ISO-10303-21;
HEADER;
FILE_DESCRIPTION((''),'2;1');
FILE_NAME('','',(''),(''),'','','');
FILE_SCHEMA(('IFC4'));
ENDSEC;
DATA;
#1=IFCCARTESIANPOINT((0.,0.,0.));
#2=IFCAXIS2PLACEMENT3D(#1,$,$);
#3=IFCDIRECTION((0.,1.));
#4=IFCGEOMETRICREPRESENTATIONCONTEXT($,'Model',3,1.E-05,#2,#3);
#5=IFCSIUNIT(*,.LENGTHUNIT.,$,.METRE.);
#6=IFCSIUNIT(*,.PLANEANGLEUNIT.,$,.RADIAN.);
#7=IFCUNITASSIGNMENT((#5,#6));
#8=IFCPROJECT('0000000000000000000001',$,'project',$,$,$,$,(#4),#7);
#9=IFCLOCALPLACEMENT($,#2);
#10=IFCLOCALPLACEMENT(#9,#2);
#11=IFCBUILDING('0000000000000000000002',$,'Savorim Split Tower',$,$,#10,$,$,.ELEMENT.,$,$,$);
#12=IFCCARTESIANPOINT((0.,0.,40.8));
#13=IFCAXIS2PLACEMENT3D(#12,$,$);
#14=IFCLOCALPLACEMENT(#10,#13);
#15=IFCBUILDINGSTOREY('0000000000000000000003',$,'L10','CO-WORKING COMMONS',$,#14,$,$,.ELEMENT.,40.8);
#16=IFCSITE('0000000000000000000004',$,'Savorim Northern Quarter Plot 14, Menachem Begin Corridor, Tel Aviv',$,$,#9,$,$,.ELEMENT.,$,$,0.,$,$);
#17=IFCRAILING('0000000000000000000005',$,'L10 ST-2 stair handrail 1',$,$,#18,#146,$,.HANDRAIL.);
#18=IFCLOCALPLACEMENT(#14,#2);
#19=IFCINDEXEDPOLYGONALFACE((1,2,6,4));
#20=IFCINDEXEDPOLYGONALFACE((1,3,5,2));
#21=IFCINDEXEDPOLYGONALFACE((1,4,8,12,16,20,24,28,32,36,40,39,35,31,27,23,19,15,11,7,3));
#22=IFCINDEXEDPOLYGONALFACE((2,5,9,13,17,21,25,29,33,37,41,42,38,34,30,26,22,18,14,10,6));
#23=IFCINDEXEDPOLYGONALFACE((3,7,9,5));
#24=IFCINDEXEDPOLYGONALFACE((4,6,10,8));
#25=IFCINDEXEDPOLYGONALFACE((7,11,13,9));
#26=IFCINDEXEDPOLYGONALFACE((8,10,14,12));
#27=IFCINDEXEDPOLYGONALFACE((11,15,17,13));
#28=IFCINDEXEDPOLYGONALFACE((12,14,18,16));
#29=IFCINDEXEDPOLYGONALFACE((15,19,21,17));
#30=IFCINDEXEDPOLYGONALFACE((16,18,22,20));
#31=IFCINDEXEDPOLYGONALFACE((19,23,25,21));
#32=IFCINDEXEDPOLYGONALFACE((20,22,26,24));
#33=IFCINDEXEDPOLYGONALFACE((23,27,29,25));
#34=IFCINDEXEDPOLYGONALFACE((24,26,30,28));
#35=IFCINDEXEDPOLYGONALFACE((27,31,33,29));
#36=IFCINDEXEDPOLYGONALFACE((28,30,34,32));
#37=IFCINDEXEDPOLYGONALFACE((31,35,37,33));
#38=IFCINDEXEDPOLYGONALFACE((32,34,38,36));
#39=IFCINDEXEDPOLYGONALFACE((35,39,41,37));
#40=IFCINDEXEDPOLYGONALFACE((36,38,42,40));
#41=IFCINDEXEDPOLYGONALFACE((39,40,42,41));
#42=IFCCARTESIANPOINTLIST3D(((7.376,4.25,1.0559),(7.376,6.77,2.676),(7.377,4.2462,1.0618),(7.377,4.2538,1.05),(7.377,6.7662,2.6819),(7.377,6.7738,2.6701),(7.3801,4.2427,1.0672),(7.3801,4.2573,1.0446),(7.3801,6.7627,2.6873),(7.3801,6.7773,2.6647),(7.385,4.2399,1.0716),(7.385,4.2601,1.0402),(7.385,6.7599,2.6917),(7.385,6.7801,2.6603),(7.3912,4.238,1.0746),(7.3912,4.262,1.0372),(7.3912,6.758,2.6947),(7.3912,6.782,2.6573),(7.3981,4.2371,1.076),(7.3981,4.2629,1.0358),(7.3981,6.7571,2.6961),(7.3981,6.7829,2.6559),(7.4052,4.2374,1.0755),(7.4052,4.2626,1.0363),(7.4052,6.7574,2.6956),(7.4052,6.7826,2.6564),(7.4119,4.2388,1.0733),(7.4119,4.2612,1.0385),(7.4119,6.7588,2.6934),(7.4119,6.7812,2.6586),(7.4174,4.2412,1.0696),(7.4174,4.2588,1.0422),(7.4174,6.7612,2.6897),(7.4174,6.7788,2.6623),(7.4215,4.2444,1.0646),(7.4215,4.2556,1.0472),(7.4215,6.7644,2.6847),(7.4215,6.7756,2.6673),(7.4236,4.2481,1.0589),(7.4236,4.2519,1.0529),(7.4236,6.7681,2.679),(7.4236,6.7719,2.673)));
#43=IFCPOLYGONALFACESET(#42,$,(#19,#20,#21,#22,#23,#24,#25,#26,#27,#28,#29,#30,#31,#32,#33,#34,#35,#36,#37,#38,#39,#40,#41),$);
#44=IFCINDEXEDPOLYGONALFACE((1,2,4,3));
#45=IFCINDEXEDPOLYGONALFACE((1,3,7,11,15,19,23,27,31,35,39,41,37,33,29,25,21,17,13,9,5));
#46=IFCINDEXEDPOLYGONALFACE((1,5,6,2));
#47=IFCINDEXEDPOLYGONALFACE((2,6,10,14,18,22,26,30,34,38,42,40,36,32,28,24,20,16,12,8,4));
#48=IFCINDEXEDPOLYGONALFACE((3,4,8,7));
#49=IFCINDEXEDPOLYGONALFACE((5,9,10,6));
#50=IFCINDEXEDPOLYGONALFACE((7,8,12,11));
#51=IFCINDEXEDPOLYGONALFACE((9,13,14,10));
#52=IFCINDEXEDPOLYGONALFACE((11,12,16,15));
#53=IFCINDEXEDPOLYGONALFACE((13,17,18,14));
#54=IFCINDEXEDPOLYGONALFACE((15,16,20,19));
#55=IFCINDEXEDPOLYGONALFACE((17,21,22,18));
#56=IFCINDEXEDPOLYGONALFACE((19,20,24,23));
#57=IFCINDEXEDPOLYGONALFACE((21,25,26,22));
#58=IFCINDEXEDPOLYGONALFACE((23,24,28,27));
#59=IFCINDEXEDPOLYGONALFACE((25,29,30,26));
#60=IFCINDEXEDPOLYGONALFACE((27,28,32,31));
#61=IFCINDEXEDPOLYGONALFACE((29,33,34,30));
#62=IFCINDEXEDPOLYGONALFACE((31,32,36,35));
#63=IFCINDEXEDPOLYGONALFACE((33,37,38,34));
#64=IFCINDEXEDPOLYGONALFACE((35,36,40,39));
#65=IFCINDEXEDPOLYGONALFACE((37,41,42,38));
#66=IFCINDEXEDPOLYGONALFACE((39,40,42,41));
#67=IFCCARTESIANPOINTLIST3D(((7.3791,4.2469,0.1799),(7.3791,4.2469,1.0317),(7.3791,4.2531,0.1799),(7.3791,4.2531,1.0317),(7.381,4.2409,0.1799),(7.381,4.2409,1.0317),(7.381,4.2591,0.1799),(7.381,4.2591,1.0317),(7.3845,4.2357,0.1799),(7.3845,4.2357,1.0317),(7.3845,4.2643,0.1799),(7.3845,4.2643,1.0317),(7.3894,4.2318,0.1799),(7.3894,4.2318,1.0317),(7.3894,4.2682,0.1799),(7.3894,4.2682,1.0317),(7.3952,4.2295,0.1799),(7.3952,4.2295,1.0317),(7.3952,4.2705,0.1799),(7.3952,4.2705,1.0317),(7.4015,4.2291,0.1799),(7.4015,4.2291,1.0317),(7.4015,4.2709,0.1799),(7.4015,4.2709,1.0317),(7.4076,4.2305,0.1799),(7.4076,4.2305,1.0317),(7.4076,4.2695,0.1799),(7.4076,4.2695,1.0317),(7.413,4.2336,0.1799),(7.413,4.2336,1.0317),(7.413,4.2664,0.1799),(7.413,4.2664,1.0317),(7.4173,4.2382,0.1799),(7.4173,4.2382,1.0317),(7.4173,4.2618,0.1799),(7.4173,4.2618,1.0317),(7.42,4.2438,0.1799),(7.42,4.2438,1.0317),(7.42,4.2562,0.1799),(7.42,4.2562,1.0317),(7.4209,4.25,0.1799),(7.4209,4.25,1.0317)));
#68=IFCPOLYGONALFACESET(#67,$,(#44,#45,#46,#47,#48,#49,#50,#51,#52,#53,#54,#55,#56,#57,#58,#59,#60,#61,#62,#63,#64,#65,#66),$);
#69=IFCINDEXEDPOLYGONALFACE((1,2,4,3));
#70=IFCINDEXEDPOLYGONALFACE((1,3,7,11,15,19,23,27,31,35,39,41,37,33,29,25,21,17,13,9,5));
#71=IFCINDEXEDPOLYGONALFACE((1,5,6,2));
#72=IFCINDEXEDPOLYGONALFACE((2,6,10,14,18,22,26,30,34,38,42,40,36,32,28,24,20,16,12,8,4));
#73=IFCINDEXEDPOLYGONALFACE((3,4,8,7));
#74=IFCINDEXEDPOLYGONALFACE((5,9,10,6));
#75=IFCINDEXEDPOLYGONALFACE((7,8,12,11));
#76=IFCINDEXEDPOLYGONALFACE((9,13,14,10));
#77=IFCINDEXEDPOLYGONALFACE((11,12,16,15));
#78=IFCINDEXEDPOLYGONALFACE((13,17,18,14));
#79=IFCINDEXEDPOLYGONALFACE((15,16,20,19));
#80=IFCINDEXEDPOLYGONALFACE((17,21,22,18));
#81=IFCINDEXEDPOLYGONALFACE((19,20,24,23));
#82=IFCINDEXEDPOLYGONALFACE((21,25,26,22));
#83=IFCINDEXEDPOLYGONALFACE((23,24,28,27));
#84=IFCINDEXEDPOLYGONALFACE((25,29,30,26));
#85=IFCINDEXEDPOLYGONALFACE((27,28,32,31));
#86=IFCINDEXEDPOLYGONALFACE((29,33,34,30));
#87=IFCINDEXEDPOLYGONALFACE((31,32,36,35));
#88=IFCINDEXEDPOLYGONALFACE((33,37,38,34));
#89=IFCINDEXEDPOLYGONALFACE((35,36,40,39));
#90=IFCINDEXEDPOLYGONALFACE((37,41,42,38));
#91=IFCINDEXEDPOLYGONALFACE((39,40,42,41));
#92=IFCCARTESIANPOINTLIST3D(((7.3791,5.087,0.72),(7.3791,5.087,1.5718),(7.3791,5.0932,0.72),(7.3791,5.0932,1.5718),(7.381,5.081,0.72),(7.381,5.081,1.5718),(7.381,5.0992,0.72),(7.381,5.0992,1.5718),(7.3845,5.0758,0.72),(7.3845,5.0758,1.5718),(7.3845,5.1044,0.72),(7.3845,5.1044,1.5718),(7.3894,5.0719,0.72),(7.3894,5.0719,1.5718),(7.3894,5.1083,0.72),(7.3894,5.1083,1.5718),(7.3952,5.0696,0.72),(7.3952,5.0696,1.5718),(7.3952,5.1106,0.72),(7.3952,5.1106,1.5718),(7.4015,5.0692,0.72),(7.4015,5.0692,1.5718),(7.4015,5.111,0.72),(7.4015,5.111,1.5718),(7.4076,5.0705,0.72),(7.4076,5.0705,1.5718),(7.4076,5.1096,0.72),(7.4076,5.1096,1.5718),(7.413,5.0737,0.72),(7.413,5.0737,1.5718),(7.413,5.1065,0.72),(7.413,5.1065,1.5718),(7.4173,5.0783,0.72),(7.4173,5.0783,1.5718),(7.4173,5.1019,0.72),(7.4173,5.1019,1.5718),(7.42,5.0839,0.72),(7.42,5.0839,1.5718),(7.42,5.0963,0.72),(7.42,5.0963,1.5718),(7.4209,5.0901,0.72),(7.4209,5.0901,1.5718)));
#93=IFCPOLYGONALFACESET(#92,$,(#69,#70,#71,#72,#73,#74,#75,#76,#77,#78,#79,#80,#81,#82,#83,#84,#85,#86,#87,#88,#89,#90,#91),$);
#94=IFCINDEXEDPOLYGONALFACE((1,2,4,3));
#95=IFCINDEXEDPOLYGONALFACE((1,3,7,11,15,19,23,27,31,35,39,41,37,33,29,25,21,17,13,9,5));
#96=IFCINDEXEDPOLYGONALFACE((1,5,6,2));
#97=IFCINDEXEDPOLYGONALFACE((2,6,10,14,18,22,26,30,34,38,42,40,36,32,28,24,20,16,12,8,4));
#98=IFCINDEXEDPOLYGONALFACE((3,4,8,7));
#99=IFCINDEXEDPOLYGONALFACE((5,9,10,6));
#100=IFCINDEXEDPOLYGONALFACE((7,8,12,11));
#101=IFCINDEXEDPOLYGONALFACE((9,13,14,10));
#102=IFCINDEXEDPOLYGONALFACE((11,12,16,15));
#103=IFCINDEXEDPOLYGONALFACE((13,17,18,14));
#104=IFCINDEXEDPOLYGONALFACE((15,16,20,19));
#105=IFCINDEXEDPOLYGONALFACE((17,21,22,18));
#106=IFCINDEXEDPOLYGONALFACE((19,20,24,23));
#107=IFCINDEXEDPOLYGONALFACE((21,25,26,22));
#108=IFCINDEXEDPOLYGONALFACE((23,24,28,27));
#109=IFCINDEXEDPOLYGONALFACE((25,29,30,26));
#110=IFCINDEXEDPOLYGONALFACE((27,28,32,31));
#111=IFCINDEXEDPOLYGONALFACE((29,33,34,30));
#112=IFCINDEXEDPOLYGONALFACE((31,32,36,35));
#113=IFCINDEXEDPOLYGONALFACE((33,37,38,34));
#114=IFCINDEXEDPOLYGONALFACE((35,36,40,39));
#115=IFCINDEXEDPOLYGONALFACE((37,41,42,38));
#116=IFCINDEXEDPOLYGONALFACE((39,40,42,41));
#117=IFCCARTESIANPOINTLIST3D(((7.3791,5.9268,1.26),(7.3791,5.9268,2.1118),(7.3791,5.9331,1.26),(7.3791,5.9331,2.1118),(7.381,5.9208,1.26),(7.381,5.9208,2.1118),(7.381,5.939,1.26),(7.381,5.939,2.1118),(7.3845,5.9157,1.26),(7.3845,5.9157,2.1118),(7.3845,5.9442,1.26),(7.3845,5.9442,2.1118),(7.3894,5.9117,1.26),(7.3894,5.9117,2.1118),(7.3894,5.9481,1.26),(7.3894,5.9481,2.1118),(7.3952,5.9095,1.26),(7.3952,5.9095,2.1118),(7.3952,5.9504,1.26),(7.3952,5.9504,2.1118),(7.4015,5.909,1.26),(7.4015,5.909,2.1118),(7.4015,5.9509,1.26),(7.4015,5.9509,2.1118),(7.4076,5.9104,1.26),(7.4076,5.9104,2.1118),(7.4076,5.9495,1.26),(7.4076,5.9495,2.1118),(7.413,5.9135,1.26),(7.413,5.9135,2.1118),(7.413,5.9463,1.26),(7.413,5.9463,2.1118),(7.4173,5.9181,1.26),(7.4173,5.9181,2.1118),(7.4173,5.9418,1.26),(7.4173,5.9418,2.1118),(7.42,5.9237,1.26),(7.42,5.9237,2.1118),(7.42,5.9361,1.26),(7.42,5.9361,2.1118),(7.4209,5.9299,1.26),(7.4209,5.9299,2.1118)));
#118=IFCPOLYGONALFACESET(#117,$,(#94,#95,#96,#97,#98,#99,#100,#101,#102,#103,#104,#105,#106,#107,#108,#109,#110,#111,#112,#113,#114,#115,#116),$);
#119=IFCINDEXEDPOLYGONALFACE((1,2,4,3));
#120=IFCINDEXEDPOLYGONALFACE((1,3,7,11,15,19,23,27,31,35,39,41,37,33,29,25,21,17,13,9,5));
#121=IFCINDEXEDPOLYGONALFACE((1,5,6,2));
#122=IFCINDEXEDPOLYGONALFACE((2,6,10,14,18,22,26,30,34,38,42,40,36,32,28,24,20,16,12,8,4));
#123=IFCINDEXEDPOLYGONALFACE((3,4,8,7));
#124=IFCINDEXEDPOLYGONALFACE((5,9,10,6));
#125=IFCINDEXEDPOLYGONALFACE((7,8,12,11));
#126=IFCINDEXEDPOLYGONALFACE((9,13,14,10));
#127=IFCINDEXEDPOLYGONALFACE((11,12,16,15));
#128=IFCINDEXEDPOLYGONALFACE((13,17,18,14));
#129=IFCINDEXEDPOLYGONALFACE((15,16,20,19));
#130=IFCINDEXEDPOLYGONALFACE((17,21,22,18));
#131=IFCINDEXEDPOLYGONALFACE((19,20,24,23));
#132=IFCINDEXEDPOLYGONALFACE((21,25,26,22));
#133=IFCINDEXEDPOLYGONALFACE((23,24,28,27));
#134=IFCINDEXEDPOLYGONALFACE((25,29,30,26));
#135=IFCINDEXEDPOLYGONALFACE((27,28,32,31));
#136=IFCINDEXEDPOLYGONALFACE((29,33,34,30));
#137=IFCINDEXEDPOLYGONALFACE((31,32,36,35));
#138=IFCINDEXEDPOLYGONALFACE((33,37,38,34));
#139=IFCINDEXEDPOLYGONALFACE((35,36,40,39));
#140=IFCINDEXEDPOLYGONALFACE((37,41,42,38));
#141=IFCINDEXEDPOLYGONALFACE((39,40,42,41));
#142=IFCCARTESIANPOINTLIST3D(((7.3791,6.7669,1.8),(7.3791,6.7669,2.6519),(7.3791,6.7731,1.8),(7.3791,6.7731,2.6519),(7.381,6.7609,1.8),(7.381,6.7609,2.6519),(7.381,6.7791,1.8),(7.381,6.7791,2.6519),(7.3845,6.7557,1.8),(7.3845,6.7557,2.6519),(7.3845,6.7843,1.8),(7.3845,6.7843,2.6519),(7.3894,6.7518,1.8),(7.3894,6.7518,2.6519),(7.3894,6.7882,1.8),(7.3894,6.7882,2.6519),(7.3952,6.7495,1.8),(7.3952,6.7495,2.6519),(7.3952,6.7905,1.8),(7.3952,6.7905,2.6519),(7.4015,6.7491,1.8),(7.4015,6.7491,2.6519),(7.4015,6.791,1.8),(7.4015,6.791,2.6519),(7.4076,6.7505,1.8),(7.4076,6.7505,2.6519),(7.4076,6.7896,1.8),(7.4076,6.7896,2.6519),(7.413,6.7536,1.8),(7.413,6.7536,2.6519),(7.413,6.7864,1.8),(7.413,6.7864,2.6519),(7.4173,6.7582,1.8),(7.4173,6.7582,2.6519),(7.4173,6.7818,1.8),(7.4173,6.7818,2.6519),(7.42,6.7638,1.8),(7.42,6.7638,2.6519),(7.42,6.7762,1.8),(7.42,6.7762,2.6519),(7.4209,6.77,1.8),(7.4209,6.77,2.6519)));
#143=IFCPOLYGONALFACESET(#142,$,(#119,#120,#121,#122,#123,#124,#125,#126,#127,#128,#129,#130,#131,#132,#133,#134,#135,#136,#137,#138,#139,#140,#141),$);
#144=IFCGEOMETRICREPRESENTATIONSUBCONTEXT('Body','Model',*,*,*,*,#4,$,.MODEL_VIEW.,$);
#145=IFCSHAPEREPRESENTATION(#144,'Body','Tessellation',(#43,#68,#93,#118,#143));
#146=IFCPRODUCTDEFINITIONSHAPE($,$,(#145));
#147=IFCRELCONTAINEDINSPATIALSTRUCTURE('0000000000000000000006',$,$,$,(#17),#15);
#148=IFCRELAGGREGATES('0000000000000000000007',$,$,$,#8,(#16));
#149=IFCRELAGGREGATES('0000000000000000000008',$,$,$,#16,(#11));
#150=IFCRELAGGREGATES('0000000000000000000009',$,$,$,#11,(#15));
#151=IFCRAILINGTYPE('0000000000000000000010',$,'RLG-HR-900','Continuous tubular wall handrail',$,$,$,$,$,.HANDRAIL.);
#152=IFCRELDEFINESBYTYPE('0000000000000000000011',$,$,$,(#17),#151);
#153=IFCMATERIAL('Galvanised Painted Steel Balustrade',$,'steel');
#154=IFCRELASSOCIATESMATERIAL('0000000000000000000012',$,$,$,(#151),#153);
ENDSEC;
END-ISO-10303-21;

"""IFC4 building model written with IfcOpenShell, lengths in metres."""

from ifc_helpers import new_model, si_unit, direction, frame, origin, origin_2d, place, context, subcontext, project, spatial, circle, extrude, material, type_object, element, save


model = new_model("IFC4")

# Units and contexts
model_context = context("Model", 3, precision=1e-05, world=origin(), true_north=direction((0.0, 1.0)))
body_context = subcontext(model_context, "Body", "Model", "MODEL_VIEW")
ifc_project = project(units=[si_unit("LENGTHUNIT", "METRE"), si_unit("PLANEANGLEUNIT", "RADIAN")], contexts=[model_context])

# Site, building, storey
site_placement = place(None, origin())
site = spatial("IfcSite", under=ifc_project, at=site_placement, Name="Savorim Northern Quarter Plot 14, Menachem Begin Corridor, Tel Aviv", CompositionType="ELEMENT", RefElevation=0.0)
building_placement = place(site_placement, origin())
building = spatial("IfcBuilding", under=site, at=building_placement, Name="Savorim Split Tower", CompositionType="ELEMENT")
storey_placement = place(building_placement, frame((0.0, 0.0, 40.8)))
storey = spatial("IfcBuildingStorey", under=building, at=storey_placement, Name="L10", Description="CO-WORKING COMMONS", CompositionType="ELEMENT", Elevation=40.8)

# Railing
ifc_material_1 = material(Name="Galvanised Painted Steel Balustrade", Category="steel")
railing_type_1 = type_object("IfcRailingType", Name="RLG-HR-900", Description="Continuous tubular wall handrail", PredefinedType="HANDRAIL", material=ifc_material_1)
railing_1_placement = place(storey_placement, frame((7.3999, 4.25, 0.1799)))
element("IfcRailing", 1, at=railing_1_placement, inside=storey, type_object=railing_type_1, Name="L10 ST-2 stair handrail 1", PredefinedType="HANDRAIL", context=body_context, shape_type="SweptSolid", body=[
    extrude(circle(Radius=0.0239, at=origin_2d()), frame((0.0, 0.0, 0.876), z_axis=(0.0, 0.841163, 0.540782), x_axis=(-1.0, 0.0, 0.0)), (0.0, 0.0, 1.0), 2.9958),
    extrude(circle(Radius=0.021, at=origin_2d()), origin(), (0.0, 0.0, 1.0), 0.8518),
    extrude(circle(Radius=0.021, at=origin_2d()), frame((0.0, 0.8401, 0.54)), (0.0, 0.0, 1.0), 0.8518),
    extrude(circle(Radius=0.021, at=origin_2d()), frame((0.0, 1.6799, 1.0801)), (0.0, 0.0, 1.0), 0.8518),
    extrude(circle(Radius=0.021, at=origin_2d()), frame((0.0, 2.52, 1.6201)), (0.0, 0.0, 1.0), 0.8518),
])

save(model, "model.ifc")
